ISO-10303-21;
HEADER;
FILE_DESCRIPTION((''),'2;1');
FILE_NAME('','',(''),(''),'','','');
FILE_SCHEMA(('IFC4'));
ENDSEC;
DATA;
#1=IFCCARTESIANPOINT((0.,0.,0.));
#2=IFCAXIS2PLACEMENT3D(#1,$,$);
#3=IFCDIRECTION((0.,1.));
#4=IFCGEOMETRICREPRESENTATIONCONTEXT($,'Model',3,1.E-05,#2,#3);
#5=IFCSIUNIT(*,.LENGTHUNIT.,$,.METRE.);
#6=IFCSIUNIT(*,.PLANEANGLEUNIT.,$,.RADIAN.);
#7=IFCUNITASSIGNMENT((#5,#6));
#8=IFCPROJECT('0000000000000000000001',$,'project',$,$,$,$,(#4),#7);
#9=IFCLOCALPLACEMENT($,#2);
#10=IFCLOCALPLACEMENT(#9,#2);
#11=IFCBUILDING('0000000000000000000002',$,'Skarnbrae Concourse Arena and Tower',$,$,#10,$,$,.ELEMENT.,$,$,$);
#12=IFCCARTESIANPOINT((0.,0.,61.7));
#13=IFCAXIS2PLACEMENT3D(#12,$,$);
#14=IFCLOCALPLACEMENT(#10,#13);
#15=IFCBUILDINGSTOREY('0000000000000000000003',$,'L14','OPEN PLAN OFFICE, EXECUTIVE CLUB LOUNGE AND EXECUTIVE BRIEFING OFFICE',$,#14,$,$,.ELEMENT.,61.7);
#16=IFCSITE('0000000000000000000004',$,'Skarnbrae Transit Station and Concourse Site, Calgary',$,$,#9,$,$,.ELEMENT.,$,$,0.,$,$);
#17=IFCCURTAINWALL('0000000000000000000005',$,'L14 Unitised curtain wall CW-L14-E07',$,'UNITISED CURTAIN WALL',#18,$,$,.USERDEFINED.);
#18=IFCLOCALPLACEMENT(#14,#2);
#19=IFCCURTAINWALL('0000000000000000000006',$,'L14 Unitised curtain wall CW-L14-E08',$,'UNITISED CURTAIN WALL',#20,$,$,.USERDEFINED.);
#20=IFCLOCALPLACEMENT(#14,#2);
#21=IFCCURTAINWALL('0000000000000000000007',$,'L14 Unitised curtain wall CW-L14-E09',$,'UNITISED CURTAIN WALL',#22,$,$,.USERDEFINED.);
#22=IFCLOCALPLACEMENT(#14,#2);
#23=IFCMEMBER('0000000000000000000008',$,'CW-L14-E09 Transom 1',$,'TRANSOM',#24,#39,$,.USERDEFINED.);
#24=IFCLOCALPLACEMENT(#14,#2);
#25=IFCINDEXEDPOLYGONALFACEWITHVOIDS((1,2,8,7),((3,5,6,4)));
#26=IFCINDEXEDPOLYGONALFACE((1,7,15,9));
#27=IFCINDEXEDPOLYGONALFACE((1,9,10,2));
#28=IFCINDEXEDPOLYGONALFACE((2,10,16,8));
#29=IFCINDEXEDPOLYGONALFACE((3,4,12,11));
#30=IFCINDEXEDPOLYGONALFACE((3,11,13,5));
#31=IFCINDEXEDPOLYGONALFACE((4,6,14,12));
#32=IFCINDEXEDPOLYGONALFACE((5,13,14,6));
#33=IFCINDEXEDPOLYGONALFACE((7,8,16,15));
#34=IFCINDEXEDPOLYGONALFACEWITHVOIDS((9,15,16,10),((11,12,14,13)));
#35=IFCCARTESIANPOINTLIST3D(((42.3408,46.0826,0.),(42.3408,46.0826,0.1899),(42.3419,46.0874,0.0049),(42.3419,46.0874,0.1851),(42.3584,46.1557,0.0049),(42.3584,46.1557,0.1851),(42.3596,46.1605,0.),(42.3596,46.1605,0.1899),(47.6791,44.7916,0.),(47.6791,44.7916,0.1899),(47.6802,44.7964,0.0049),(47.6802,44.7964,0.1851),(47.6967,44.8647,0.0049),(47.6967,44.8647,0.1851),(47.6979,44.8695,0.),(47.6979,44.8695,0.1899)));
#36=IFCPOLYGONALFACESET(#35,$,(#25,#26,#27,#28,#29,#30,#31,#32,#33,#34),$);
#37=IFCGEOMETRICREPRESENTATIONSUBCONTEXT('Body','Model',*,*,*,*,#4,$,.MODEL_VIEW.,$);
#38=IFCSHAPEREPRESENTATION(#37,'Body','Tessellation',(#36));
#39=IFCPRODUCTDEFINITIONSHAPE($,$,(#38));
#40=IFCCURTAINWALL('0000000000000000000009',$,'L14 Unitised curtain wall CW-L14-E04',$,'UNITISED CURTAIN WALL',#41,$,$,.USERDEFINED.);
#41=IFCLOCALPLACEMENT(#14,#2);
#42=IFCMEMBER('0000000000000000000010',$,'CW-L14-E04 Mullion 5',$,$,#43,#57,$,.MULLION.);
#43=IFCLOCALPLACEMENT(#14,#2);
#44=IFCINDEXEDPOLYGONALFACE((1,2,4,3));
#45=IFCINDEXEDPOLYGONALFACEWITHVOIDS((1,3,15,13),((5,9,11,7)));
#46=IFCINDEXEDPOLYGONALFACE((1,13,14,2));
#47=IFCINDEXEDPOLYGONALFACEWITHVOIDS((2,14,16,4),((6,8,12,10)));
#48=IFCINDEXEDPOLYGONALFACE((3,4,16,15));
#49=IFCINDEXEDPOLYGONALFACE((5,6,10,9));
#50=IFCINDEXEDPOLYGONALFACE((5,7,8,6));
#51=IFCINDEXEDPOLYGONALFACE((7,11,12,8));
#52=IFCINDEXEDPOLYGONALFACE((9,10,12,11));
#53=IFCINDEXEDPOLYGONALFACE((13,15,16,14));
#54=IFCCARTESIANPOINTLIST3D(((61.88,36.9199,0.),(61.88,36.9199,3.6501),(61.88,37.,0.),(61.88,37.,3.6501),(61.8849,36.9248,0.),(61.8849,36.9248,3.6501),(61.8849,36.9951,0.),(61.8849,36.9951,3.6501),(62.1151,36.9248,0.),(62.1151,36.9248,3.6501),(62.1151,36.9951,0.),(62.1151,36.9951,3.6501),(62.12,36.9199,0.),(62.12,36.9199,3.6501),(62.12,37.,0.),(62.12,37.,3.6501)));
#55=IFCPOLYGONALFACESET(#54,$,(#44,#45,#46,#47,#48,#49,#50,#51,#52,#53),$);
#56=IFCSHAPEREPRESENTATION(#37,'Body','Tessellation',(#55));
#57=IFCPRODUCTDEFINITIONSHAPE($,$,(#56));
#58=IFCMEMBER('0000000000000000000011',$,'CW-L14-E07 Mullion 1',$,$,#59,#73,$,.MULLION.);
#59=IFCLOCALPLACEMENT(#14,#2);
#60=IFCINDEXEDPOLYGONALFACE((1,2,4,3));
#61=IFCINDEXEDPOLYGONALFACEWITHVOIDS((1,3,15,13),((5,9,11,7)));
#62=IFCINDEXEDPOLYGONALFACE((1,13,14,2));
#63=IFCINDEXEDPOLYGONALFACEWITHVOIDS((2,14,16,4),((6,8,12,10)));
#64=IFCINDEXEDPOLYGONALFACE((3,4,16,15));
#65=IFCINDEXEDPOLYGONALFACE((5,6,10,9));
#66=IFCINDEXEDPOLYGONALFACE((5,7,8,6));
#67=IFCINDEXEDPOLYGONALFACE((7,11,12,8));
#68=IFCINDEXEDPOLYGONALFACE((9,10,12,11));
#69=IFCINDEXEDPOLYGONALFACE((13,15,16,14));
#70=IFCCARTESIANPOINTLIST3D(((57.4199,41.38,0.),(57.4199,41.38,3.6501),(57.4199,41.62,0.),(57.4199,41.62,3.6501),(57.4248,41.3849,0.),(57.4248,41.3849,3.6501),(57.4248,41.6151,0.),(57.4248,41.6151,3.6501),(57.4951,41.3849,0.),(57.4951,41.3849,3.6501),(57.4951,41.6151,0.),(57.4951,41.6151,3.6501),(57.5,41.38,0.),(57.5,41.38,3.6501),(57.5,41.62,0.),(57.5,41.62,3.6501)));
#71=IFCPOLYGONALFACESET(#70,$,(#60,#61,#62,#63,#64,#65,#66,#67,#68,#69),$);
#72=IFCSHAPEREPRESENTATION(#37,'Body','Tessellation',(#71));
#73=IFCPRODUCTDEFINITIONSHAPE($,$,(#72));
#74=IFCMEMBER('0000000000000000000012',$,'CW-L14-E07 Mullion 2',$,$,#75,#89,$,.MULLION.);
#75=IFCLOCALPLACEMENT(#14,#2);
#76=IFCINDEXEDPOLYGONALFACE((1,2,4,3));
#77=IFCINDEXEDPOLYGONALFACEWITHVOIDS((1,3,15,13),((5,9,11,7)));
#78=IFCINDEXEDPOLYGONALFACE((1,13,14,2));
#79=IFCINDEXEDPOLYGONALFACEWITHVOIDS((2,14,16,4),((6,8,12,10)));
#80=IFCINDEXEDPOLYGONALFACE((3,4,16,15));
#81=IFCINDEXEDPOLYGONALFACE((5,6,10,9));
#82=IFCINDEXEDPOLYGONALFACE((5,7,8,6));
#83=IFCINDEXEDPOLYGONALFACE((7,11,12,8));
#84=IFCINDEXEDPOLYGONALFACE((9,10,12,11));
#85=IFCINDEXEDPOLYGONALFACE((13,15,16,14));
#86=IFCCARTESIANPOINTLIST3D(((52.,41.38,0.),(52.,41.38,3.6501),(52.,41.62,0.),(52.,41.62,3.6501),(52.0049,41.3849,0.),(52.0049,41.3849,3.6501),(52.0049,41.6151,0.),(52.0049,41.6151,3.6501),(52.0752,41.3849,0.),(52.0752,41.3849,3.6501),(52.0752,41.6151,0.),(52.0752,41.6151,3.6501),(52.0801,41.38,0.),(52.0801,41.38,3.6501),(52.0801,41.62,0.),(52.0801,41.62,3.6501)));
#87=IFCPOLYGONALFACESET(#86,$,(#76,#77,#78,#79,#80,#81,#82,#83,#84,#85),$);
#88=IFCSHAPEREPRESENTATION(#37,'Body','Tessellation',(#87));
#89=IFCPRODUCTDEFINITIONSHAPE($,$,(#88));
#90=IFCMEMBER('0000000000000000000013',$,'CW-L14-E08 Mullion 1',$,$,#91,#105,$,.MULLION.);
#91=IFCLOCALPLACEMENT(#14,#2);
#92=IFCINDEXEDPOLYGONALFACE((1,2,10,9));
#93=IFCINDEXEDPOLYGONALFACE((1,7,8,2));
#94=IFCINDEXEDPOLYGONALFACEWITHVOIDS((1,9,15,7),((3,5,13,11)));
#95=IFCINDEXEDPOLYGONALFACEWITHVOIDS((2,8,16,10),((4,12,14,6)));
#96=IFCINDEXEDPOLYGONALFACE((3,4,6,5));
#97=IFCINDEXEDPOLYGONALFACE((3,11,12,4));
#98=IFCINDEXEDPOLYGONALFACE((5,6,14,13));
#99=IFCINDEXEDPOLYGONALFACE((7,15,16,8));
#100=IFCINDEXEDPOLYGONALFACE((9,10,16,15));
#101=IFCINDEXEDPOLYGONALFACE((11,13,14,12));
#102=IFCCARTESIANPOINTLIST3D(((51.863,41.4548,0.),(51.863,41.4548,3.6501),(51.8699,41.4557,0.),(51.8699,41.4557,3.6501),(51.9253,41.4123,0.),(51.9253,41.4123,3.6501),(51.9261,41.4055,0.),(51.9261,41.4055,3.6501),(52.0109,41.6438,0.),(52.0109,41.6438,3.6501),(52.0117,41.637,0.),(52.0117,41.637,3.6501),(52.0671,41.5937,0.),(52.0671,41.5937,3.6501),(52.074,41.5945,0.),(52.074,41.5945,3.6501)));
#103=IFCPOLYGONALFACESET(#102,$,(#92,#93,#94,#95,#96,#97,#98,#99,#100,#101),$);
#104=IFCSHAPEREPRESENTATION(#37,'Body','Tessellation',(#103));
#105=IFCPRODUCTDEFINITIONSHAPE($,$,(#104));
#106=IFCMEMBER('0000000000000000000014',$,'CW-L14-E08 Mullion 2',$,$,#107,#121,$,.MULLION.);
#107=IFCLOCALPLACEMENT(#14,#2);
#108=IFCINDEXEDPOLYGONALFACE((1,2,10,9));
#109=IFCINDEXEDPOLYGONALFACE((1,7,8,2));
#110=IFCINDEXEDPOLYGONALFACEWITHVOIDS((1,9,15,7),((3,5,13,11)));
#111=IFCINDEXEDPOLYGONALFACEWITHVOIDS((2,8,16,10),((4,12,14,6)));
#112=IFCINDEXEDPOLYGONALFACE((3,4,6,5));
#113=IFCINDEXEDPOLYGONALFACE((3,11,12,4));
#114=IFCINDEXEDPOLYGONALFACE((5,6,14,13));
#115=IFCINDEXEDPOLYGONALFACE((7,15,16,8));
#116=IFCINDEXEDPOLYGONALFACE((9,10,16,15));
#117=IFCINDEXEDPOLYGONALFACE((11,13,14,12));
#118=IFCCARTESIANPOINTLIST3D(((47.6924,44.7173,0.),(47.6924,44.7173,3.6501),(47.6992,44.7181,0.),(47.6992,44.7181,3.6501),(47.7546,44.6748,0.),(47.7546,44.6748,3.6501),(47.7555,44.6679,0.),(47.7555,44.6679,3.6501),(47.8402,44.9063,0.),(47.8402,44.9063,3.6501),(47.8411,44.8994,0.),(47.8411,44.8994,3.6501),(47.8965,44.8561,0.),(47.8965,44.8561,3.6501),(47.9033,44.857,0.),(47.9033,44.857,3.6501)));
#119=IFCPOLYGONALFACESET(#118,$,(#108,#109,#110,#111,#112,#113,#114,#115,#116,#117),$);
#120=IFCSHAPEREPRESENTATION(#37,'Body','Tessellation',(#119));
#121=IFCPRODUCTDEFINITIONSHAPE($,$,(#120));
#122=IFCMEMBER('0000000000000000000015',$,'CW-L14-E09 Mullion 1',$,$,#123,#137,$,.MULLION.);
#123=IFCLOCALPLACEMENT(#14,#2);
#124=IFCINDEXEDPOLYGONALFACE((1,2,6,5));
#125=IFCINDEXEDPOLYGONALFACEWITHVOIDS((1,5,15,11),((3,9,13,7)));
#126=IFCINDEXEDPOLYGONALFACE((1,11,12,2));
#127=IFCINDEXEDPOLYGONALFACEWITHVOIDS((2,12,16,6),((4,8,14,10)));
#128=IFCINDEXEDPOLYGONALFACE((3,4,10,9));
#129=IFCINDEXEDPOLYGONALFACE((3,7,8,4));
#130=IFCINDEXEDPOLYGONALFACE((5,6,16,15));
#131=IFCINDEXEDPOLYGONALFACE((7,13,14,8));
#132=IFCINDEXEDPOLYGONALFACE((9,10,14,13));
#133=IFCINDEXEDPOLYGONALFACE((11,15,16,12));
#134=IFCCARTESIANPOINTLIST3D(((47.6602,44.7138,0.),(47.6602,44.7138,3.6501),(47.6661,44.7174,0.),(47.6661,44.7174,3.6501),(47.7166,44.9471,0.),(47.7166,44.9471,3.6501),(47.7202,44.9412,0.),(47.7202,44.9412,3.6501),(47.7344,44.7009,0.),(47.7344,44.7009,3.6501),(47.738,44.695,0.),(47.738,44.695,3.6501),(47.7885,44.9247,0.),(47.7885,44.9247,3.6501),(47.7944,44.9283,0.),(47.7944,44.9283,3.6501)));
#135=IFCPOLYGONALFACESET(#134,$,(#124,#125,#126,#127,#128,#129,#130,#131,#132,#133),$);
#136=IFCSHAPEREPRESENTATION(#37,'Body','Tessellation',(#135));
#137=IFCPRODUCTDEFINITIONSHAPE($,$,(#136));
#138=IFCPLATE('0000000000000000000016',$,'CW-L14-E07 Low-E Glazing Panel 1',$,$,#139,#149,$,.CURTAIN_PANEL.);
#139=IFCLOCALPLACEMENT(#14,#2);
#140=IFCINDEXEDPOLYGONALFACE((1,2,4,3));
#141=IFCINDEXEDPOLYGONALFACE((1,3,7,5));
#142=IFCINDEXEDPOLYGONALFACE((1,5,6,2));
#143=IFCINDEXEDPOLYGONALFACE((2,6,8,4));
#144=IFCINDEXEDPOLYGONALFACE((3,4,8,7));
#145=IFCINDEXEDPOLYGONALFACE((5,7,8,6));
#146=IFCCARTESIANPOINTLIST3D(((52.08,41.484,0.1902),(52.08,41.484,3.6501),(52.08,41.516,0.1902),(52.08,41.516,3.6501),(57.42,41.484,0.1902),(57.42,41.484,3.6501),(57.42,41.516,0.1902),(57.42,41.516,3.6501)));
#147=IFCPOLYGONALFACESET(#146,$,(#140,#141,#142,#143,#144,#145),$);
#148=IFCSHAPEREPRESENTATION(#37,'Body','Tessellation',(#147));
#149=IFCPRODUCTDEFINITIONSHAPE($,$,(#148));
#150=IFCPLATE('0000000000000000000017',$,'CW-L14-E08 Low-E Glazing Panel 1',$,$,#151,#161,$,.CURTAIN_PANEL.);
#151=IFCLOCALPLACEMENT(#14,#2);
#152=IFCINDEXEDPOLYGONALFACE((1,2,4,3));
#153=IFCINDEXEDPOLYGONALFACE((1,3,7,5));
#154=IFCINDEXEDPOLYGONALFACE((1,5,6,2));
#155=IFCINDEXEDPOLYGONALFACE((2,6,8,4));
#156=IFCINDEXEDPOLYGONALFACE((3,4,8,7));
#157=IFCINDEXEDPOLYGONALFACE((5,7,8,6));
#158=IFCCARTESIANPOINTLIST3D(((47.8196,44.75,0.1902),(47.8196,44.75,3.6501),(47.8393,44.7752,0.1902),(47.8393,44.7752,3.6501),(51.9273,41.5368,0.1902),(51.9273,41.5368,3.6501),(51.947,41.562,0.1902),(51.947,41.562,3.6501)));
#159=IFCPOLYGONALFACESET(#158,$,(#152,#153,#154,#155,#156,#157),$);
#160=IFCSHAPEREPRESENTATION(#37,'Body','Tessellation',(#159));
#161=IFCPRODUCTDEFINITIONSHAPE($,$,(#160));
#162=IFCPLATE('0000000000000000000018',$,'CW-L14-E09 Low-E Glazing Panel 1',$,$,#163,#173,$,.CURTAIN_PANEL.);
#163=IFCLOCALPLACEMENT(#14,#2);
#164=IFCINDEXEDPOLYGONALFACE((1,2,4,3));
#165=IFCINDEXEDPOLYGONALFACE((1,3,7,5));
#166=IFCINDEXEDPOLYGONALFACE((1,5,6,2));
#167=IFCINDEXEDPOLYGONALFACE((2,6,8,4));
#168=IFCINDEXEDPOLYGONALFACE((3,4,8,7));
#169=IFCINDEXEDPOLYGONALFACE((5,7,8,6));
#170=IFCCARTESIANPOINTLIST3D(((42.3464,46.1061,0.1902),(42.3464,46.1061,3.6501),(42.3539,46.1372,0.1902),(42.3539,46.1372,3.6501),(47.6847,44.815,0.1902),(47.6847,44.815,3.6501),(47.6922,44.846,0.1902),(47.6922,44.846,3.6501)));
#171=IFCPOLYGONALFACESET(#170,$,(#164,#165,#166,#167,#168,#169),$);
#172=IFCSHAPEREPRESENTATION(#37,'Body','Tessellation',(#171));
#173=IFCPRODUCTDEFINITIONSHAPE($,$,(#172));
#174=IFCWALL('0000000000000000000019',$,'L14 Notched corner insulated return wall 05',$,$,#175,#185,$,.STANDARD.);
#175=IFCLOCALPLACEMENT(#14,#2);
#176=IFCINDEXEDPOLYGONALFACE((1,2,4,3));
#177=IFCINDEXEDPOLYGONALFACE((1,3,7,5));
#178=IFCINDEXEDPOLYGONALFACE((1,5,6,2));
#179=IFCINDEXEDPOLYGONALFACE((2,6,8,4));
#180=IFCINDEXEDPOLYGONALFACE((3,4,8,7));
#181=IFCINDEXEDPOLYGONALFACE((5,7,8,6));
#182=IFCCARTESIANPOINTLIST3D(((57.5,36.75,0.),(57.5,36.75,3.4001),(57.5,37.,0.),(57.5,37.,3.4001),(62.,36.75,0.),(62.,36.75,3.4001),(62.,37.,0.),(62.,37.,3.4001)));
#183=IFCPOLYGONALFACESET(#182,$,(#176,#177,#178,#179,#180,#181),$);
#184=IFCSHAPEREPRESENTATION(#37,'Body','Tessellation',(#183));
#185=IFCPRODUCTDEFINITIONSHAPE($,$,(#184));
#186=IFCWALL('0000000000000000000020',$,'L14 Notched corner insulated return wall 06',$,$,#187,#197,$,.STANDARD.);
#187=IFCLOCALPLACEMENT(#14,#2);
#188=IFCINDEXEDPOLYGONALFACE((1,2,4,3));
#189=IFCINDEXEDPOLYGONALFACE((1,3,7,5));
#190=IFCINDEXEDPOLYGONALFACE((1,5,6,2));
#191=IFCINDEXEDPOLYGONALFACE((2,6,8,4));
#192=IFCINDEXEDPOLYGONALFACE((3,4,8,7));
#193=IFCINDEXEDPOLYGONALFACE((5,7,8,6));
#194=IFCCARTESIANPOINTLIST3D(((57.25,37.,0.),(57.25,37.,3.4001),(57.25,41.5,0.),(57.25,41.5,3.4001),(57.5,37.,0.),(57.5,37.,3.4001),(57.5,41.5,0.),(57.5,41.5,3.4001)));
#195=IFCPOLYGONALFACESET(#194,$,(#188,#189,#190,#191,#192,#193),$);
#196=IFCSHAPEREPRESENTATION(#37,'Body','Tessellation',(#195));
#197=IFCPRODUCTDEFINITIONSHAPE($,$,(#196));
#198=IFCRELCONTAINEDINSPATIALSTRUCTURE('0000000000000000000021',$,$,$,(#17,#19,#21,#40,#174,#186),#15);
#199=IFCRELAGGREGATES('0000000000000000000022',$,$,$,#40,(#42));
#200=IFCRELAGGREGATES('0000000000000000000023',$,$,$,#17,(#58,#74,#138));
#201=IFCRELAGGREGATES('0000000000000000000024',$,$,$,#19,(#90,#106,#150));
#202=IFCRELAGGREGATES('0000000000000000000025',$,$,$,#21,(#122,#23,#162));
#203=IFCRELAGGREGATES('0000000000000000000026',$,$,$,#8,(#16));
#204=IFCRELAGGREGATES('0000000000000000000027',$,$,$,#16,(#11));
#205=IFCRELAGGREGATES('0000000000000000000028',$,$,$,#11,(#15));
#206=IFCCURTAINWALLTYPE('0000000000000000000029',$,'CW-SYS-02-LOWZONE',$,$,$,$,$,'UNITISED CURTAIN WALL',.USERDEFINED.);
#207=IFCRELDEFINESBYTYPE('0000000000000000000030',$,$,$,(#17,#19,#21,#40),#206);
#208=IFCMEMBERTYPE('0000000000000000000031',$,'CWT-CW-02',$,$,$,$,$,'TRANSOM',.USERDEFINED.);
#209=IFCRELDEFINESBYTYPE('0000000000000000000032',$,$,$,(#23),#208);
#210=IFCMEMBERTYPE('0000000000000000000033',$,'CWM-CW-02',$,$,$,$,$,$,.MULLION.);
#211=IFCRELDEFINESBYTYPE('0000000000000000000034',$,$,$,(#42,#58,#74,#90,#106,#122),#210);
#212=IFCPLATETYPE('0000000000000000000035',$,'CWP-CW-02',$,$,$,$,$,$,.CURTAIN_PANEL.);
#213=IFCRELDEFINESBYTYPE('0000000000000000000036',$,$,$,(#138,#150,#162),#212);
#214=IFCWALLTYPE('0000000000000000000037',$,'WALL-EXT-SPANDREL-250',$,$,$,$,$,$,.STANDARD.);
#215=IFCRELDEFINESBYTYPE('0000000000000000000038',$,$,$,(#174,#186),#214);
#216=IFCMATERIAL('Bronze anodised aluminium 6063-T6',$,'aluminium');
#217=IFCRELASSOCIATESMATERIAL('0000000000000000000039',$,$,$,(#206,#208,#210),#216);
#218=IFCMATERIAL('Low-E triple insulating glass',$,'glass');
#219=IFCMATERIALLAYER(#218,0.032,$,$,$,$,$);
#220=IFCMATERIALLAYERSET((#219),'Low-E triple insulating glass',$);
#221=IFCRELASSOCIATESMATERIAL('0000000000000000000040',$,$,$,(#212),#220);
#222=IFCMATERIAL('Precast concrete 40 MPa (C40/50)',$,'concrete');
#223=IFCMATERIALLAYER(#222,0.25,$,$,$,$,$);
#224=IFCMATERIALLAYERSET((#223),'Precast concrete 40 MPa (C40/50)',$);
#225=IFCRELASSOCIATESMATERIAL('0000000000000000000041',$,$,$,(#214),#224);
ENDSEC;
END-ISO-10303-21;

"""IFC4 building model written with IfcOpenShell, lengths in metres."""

from ifc_helpers import new_model, si_unit, direction, frame, frame_2d, origin, origin_2d, place, context, subcontext, project, spatial, rectangle, hollow_rectangle, extrude, source, transform, mapped, material, layer, layer_set, material_profile, profile_set, type_object, element, aggregate, save


model = new_model("IFC4")

# Units and contexts
model_context = context("Model", 3, precision=1e-05, world=origin(), true_north=direction((0.0, 1.0)))
body_context = subcontext(model_context, "Body", "Model", "MODEL_VIEW")
ifc_project = project(units=[si_unit("LENGTHUNIT", "METRE"), si_unit("PLANEANGLEUNIT", "RADIAN")], contexts=[model_context])

# Site, building, storey
site_placement = place(None, origin())
site = spatial("IfcSite", under=ifc_project, at=site_placement, Name="Skarnbrae Transit Station and Concourse Site, Calgary", CompositionType="ELEMENT", RefElevation=0.0)
building_placement = place(site_placement, origin())
building = spatial("IfcBuilding", under=site, at=building_placement, Name="Skarnbrae Concourse Arena and Tower", CompositionType="ELEMENT")
storey_placement = place(building_placement, frame((0.0, 0.0, 61.7)))
storey = spatial("IfcBuildingStorey", under=building, at=storey_placement, Name="L14", Description="OPEN PLAN OFFICE, EXECUTIVE CLUB LOUNGE AND EXECUTIVE BRIEFING OFFICE", CompositionType="ELEMENT", Elevation=61.7)

# Curtain walls, members
ifc_material_1 = material(Name="Bronze anodised aluminium 6063-T6", Category="aluminium")
curtain_wall_type = type_object("IfcCurtainWallType", Name="CW-SYS-02-LOWZONE", ElementType="UNITISED CURTAIN WALL", PredefinedType="USERDEFINED", material=ifc_material_1)
curtain_wall_1_placement = place(storey_placement, origin())
curtain_wall_1 = element("IfcCurtainWall", 1, at=curtain_wall_1_placement, inside=storey, type_object=curtain_wall_type, Name="L14 Unitised curtain wall CW-L14-E07", ObjectType="UNITISED CURTAIN WALL", PredefinedType="USERDEFINED")
ifc_material_profile_1 = material_profile(ifc_material_1, hollow_rectangle(XDim=0.0801, YDim=0.1899, WallThickness=0.0049, at=origin_2d()), Name="ALU-TRAN-80X190")
ifc_profile_set_1 = profile_set([ifc_material_profile_1], Name="Bronze anodised aluminium 6063-T6")
member_type_1 = type_object("IfcMemberType", Name="CWT-CW-02", ElementType="TRANSOM", PredefinedType="USERDEFINED", material=ifc_profile_set_1)
curtain_wall_2_placement = place(storey_placement, origin())
curtain_wall_2 = element("IfcCurtainWall", 2, at=curtain_wall_2_placement, inside=storey, type_object=curtain_wall_type, Name="L14 Unitised curtain wall CW-L14-E08", ObjectType="UNITISED CURTAIN WALL", PredefinedType="USERDEFINED")
curtain_wall_3_placement = place(storey_placement, origin())
curtain_wall_3 = element("IfcCurtainWall", 3, at=curtain_wall_3_placement, inside=storey, type_object=curtain_wall_type, Name="L14 Unitised curtain wall CW-L14-E09", ObjectType="UNITISED CURTAIN WALL", PredefinedType="USERDEFINED")
shared_shape_1 = source(origin(), body_context, "Body", "SweptSolid", [
    extrude(hollow_rectangle(XDim=0.0801, YDim=0.1899, WallThickness=0.0049, at=origin_2d()), origin(), (0.0, 0.0, 1.0), 5.4922),
])
member_1_placement = place(storey_placement, frame((47.6885, 44.8306, 0.095), z_axis=(-0.971981, 0.235061, 0.0), x_axis=(-0.235061, -0.971981, 0.0)))
member_1 = element("IfcMember", 4, at=member_1_placement, type_object=member_type_1, Name="CW-L14-E09 Transom 1", ObjectType="TRANSOM", PredefinedType="USERDEFINED", context=body_context, shape_type="MappedRepresentation", body=[
    mapped(shared_shape_1, transform((0.0, 0.0, 0.0))),
])
curtain_wall_4_placement = place(storey_placement, origin())
curtain_wall_4 = element("IfcCurtainWall", 5, at=curtain_wall_4_placement, inside=storey, type_object=curtain_wall_type, Name="L14 Unitised curtain wall CW-L14-E04", ObjectType="UNITISED CURTAIN WALL", PredefinedType="USERDEFINED")
ifc_material_profile_2 = material_profile(ifc_material_1, hollow_rectangle(XDim=0.0801, YDim=0.24, WallThickness=0.0049, at=origin_2d()), Name="ALU-MULL-80X240")
ifc_profile_set_2 = profile_set([ifc_material_profile_2], Name="Bronze anodised aluminium 6063-T6")
member_type_2 = type_object("IfcMemberType", Name="CWM-CW-02", PredefinedType="MULLION", material=ifc_profile_set_2)
shared_shape_2 = source(origin(), body_context, "Body", "SweptSolid", [
    extrude(hollow_rectangle(XDim=0.0801, YDim=0.24, WallThickness=0.0049, at=origin_2d()), origin(), (0.0, 0.0, 1.0), 3.6501),
])
member_2_placement = place(storey_placement, frame((62.0, 36.96, 0.0), z_axis=(0.0, 0.0, 1.0), x_axis=(0.0, 1.0, 0.0)))
member_2 = element("IfcMember", 6, at=member_2_placement, type_object=member_type_2, Name="CW-L14-E04 Mullion 5", PredefinedType="MULLION", context=body_context, shape_type="MappedRepresentation", body=[
    mapped(shared_shape_2, transform((0.0, 0.0, 0.0))),
])
aggregate(curtain_wall_4, [member_2])

# Members
member_3_placement = place(storey_placement, frame((57.46, 41.5, 0.0), z_axis=(0.0, 0.0, 1.0), x_axis=(-1.0, 0.0, 0.0)))
member_3 = element("IfcMember", 7, at=member_3_placement, type_object=member_type_2, Name="CW-L14-E07 Mullion 1", PredefinedType="MULLION", context=body_context, shape_type="MappedRepresentation", body=[
    mapped(shared_shape_2, transform((0.0, 0.0, 0.0))),
])
member_4_placement = place(storey_placement, frame((52.04, 41.5, 0.0), z_axis=(0.0, 0.0, 1.0), x_axis=(-1.0, 0.0, 0.0)))
member_4 = element("IfcMember", 8, at=member_4_placement, type_object=member_type_2, Name="CW-L14-E07 Mullion 2", PredefinedType="MULLION", context=body_context, shape_type="MappedRepresentation", body=[
    mapped(shared_shape_2, transform((0.0, 0.0, 0.0))),
])
member_5_placement = place(storey_placement, frame((51.9685, 41.5247, 0.0), z_axis=(0.0, 0.0, 1.0), x_axis=(-0.787652, 0.616121, 0.0)))
member_5 = element("IfcMember", 9, at=member_5_placement, type_object=member_type_2, Name="CW-L14-E08 Mullion 1", PredefinedType="MULLION", context=body_context, shape_type="MappedRepresentation", body=[
    mapped(shared_shape_2, transform((0.0, 0.0, 0.0))),
])
member_6_placement = place(storey_placement, frame((47.7979, 44.7871, 0.0), z_axis=(0.0, 0.0, 1.0), x_axis=(-0.787652, 0.616121, 0.0)))
member_6 = element("IfcMember", 10, at=member_6_placement, type_object=member_type_2, Name="CW-L14-E08 Mullion 2", PredefinedType="MULLION", context=body_context, shape_type="MappedRepresentation", body=[
    mapped(shared_shape_2, transform((0.0, 0.0, 0.0))),
])
member_7_placement = place(storey_placement, frame((47.7273, 44.821, 0.0), z_axis=(0.0, 0.0, 1.0), x_axis=(-0.971974, 0.23509, 0.0)))
member_7 = element("IfcMember", 11, at=member_7_placement, type_object=member_type_2, Name="CW-L14-E09 Mullion 1", PredefinedType="MULLION", context=body_context, shape_type="MappedRepresentation", body=[
    mapped(shared_shape_2, transform((0.0, 0.0, 0.0))),
])

# Plates
ifc_material_2 = material(Name="Low-E triple insulating glass", Category="glass")
ifc_layer_1 = layer(ifc_material_2, 0.032)
ifc_layer_set_1 = layer_set([ifc_layer_1], Name="Low-E triple insulating glass")
plate_type = type_object("IfcPlateType", Name="CWP-CW-02", PredefinedType="CURTAIN_PANEL", material=ifc_layer_set_1)
shared_shape_3 = source(origin(), body_context, "Body", "SweptSolid", [
    extrude(rectangle(XDim=5.3401, YDim=0.032, at=origin_2d()), origin(), (0.0, 0.0, 1.0), 3.46),
])
plate_1_placement = place(storey_placement, frame((54.75, 41.5, 0.1902), z_axis=(0.0, 0.0, 1.0), x_axis=(-1.0, 0.0, 0.0)))
plate_1 = element("IfcPlate", 12, at=plate_1_placement, type_object=plate_type, Name="CW-L14-E07 Low-E Glazing Panel 1", PredefinedType="CURTAIN_PANEL", context=body_context, shape_type="MappedRepresentation", body=[
    mapped(shared_shape_3, transform((0.0, 0.0, 0.0))),
])
aggregate(curtain_wall_1, [member_3, member_4, plate_1])
shared_shape_4 = source(origin(), body_context, "Body", "SweptSolid", [
    extrude(rectangle(XDim=5.2151, YDim=0.032, at=origin_2d()), origin(), (0.0, 0.0, 1.0), 3.46),
])
plate_2_placement = place(storey_placement, frame((49.8833, 43.156, 0.1902), z_axis=(0.0, 0.0, 1.0), x_axis=(-0.787652, 0.616121, 0.0)))
plate_2 = element("IfcPlate", 13, at=plate_2_placement, type_object=plate_type, Name="CW-L14-E08 Low-E Glazing Panel 1", PredefinedType="CURTAIN_PANEL", context=body_context, shape_type="MappedRepresentation", body=[
    mapped(shared_shape_4, transform((0.0, 0.0, 0.0))),
])
aggregate(curtain_wall_2, [member_5, member_6, plate_2])
shared_shape_5 = source(origin(), body_context, "Body", "SweptSolid", [
    extrude(rectangle(XDim=5.4922, YDim=0.032, at=origin_2d()), origin(), (0.0, 0.0, 1.0), 3.46),
])
plate_3_placement = place(storey_placement, frame((45.0193, 45.4761, 0.1902), z_axis=(0.0, 0.0, 1.0), x_axis=(-0.971974, 0.23509, 0.0)))
plate_3 = element("IfcPlate", 14, at=plate_3_placement, type_object=plate_type, Name="CW-L14-E09 Low-E Glazing Panel 1", PredefinedType="CURTAIN_PANEL", context=body_context, shape_type="MappedRepresentation", body=[
    mapped(shared_shape_5, transform((0.0, 0.0, 0.0))),
])
aggregate(curtain_wall_3, [member_7, member_1, plate_3])

# Walls
ifc_material_3 = material(Name="Precast concrete 40 MPa (C40/50)", Category="concrete")
ifc_layer_2 = layer(ifc_material_3, 0.25)
ifc_layer_set_2 = layer_set([ifc_layer_2], Name="Precast concrete 40 MPa (C40/50)")
wall_type_1 = type_object("IfcWallType", Name="WALL-EXT-SPANDREL-250", PredefinedType="STANDARD", material=ifc_layer_set_2)
shared_shape_6 = source(origin(), body_context, "Body", "SweptSolid", [
    extrude(rectangle(XDim=4.5, YDim=0.25, at=frame_2d((2.25, 0.0))), origin(), (0.0, 0.0, 1.0), 3.4001),
])
for number, where, z_axis, x_axis, name in (
    (15, (62.0, 36.875, 0.0), (0.0, 0.0, 1.0), (-1.0, 0.0, 0.0), "L14 Notched corner insulated return wall 05"),
    (16, (57.375, 37.0, 0.0), (0.0, 0.0, 1.0), (0.0, 1.0, 0.0), "L14 Notched corner insulated return wall 06"),
):
    element("IfcWall", number, at=place(storey_placement, frame(where, z_axis=z_axis, x_axis=x_axis)), inside=storey, type_object=wall_type_1, Name=name, PredefinedType="STANDARD", context=body_context, shape_type="MappedRepresentation", body=[
        mapped(shared_shape_6, transform((0.0, 0.0, 0.0))),
    ])

save(model, "model.ifc")
